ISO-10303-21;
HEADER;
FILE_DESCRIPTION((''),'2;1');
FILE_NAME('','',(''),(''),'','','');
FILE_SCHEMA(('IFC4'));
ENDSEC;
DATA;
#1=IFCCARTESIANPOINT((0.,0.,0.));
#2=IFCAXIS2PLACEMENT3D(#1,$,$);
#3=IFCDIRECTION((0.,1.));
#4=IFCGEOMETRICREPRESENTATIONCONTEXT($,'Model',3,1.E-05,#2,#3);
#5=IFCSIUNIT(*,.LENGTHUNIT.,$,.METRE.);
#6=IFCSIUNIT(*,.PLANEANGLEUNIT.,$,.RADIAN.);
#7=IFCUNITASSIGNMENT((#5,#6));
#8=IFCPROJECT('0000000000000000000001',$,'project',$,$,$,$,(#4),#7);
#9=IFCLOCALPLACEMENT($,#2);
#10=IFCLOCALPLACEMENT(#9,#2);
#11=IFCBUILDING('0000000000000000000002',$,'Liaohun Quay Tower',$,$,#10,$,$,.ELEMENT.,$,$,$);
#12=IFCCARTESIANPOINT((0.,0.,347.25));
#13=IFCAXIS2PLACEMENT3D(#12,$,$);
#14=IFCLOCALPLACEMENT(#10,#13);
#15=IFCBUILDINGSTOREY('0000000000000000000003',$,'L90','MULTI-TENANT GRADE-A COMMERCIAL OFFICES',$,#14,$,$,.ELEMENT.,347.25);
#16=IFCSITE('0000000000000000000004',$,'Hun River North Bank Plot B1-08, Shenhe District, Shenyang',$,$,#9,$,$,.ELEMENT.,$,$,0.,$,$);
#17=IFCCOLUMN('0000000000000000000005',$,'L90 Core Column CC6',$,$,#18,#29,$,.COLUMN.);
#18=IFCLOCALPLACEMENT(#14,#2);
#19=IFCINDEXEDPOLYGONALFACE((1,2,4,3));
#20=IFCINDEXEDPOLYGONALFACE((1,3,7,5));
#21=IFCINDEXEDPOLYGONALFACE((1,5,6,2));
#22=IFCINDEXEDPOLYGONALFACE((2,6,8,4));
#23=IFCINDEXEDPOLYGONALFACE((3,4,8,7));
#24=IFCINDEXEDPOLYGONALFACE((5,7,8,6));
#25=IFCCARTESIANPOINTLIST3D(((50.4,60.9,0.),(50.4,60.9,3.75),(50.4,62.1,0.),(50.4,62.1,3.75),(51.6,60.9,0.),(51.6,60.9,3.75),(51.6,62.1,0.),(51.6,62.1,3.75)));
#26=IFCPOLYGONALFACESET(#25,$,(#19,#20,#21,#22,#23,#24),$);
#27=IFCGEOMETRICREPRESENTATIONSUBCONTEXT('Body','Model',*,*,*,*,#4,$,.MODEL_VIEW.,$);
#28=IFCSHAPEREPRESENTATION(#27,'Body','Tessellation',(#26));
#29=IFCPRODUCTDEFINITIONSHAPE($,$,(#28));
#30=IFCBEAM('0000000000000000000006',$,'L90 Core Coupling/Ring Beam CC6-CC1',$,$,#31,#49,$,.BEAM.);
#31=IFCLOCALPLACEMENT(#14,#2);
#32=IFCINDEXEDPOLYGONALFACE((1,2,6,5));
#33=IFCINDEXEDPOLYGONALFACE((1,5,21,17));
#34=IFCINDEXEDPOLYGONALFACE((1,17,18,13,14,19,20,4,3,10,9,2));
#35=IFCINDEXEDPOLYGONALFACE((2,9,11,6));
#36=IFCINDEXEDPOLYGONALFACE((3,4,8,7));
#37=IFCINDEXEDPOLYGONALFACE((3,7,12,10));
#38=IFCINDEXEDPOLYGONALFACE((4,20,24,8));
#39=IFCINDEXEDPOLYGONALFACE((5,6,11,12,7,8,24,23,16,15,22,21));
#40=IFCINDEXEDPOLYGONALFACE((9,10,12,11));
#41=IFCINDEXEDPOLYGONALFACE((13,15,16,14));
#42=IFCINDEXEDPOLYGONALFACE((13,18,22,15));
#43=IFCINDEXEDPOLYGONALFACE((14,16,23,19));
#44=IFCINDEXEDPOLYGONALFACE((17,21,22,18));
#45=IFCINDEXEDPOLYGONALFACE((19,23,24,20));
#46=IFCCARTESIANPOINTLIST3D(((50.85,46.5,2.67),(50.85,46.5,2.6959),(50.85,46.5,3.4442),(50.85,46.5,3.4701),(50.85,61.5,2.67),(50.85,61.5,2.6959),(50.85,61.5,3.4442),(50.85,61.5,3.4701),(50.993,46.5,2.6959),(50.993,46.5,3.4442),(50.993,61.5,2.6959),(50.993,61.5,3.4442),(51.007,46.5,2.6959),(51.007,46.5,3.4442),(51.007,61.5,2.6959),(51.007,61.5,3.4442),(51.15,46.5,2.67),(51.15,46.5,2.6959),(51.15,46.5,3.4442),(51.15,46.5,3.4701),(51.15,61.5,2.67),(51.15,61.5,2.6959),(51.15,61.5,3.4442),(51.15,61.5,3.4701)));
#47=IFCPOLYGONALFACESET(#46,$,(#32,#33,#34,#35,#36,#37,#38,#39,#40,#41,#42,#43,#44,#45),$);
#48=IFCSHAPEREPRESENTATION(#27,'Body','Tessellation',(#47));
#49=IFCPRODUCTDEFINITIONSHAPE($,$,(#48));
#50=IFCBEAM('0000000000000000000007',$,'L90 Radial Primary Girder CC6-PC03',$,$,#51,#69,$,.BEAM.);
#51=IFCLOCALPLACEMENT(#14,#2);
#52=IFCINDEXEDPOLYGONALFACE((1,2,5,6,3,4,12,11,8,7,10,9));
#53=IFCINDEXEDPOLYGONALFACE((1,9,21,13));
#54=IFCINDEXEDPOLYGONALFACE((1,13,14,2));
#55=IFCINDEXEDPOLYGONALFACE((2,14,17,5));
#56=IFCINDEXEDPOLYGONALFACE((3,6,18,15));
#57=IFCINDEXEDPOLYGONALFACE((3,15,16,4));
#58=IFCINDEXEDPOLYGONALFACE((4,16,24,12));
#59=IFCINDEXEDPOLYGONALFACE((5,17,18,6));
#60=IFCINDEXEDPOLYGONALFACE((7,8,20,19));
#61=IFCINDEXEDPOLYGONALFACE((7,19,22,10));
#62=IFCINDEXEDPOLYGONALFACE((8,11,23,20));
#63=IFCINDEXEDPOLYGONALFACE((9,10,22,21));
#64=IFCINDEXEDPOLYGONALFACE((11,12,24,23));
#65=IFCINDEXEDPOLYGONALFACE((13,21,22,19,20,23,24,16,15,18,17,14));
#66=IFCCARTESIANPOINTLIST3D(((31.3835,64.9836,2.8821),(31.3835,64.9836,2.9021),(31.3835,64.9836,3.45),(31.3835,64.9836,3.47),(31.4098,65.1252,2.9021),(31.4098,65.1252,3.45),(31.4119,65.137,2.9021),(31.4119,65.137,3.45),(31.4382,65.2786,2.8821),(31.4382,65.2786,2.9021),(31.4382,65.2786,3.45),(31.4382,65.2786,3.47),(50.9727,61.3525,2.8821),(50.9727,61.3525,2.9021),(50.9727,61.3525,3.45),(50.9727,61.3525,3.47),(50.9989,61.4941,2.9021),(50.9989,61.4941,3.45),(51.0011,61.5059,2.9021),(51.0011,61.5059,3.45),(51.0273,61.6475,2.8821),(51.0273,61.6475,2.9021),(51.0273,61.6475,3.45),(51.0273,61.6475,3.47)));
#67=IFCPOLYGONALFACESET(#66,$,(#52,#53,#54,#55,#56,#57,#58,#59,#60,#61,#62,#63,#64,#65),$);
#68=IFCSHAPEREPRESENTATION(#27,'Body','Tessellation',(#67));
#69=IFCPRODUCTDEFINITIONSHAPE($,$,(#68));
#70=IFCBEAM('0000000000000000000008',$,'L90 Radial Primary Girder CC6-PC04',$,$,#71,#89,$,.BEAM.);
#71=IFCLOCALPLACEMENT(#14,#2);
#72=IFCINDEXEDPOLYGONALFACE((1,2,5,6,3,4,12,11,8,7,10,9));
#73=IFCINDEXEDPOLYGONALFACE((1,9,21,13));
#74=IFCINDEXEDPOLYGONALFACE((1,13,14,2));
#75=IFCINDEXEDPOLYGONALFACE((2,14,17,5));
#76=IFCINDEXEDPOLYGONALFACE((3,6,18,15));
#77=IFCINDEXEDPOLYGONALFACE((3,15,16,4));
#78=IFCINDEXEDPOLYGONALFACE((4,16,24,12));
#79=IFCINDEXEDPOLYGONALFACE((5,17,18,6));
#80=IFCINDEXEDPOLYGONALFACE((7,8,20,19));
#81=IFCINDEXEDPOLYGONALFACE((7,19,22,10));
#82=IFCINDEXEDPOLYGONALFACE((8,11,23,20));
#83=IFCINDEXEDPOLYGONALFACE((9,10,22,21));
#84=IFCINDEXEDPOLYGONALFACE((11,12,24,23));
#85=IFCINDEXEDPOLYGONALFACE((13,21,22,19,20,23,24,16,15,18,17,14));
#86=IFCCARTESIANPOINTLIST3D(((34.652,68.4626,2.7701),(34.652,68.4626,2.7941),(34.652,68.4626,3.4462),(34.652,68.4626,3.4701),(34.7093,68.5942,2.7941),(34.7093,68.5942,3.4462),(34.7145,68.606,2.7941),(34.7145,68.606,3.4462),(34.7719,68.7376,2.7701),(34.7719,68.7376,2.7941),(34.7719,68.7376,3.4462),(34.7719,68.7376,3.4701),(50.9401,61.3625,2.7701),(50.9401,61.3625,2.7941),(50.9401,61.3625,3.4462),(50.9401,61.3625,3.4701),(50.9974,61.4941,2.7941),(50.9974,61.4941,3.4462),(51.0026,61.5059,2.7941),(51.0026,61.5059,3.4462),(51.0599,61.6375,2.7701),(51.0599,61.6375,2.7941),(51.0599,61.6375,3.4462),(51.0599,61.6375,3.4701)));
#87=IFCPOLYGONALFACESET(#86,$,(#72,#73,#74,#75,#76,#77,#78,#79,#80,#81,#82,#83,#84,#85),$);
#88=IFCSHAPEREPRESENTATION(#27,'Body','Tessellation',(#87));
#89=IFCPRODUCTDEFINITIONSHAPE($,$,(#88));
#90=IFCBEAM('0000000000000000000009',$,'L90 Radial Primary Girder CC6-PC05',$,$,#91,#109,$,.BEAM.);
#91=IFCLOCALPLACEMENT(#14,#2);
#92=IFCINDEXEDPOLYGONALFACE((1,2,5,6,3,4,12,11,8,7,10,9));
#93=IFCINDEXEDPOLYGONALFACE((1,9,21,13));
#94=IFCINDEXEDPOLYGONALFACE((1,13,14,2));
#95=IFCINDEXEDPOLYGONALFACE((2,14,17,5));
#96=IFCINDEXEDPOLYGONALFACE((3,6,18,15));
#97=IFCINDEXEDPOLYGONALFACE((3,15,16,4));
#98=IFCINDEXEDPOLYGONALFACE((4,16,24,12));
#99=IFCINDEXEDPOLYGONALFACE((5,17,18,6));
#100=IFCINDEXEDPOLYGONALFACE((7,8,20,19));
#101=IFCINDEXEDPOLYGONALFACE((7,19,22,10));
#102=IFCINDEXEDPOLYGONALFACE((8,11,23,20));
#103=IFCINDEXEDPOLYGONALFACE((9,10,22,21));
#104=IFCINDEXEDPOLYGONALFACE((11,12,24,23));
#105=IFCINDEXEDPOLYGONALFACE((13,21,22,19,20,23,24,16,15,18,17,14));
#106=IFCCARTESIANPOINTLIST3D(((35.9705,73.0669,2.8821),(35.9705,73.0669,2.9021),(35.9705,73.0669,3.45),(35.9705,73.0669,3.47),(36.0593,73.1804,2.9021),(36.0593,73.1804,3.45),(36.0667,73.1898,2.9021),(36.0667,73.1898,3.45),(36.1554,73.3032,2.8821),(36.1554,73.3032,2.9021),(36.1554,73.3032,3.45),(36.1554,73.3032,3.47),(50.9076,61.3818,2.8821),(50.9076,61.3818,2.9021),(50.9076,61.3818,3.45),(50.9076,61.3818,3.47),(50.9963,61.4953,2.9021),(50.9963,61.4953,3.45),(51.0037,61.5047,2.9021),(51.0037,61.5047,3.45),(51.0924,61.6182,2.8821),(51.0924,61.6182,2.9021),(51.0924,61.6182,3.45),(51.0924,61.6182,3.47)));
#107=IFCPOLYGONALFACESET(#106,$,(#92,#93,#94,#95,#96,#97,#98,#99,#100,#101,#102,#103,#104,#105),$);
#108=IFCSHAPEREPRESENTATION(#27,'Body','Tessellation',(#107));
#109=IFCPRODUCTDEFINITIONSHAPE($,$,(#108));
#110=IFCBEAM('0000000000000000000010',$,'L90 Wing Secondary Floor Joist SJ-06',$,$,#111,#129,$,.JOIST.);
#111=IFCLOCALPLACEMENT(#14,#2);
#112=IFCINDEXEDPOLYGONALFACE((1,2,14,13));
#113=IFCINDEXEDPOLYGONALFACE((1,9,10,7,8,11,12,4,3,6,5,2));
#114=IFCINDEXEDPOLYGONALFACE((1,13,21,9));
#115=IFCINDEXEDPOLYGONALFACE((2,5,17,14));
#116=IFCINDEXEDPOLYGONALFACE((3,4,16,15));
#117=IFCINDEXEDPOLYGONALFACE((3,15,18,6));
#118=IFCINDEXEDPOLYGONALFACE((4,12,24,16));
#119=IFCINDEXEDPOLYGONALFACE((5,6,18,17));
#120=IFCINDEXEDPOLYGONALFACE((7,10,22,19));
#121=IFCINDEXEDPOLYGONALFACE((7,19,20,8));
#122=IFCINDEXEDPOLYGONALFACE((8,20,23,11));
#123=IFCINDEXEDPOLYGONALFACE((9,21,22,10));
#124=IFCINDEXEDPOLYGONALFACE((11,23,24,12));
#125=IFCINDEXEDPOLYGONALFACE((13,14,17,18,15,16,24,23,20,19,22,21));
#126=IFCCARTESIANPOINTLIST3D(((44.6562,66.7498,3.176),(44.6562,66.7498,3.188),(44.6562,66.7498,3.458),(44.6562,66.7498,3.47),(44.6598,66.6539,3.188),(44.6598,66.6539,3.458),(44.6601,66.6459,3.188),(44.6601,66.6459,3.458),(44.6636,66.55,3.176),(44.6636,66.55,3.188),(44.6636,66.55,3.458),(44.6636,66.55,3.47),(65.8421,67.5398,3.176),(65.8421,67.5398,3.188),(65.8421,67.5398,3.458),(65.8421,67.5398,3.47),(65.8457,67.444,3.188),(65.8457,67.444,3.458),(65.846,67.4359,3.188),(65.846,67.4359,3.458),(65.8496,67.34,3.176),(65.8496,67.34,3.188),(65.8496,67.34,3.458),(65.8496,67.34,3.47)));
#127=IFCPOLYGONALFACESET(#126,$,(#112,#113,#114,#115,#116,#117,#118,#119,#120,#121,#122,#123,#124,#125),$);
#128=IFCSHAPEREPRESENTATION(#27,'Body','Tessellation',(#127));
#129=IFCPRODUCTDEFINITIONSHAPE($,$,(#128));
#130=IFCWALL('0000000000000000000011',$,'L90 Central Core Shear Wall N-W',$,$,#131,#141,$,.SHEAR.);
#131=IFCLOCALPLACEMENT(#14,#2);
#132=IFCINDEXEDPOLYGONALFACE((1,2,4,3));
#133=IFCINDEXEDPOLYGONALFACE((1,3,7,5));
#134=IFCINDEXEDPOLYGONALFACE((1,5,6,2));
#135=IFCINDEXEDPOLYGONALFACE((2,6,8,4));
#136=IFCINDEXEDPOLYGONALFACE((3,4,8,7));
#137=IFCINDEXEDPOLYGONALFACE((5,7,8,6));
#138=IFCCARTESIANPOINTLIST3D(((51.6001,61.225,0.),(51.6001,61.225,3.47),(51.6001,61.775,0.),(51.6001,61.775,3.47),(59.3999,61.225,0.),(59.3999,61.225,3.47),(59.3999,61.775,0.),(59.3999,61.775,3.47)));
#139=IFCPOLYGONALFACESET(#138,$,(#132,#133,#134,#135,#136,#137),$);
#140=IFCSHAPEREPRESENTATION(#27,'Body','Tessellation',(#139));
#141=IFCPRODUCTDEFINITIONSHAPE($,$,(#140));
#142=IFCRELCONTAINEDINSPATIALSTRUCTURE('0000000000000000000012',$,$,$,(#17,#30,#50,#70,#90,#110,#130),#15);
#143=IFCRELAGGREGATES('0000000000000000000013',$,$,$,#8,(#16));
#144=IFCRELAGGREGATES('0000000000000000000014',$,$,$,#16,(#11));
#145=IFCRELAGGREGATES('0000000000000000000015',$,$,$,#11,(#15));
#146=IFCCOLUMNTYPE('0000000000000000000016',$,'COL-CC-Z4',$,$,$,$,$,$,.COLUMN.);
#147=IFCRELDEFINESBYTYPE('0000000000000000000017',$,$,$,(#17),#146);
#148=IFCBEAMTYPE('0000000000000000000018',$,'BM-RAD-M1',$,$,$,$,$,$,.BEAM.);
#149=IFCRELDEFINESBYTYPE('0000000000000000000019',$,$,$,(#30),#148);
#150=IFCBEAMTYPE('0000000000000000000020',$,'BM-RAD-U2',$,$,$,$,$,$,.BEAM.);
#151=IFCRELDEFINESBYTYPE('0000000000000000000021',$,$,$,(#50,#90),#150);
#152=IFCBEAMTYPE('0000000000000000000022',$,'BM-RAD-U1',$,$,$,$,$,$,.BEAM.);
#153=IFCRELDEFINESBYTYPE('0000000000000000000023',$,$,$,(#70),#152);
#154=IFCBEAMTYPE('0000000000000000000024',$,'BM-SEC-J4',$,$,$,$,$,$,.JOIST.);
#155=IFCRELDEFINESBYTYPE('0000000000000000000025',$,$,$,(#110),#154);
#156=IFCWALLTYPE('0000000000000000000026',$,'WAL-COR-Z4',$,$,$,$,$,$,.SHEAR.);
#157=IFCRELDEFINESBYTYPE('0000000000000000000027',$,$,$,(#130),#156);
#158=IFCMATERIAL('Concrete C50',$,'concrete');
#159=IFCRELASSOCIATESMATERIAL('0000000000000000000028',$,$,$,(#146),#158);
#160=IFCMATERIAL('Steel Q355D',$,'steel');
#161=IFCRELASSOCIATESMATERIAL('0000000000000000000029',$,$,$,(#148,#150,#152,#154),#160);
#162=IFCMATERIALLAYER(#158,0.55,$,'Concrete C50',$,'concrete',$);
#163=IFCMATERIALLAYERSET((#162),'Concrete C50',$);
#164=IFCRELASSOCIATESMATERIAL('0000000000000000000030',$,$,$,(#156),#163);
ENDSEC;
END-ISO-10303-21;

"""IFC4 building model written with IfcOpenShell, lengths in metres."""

from ifc_helpers import new_model, si_unit, direction, frame, frame_2d, origin, origin_2d, place, context, subcontext, project, spatial, rectangle, i_section, extrude, source, transform, mapped, material, layer, layer_set, material_profile, profile_set, type_object, element, save


model = new_model("IFC4")

# Units and contexts
model_context = context("Model", 3, precision=1e-05, world=origin(), true_north=direction((0.0, 1.0)))
body_context = subcontext(model_context, "Body", "Model", "MODEL_VIEW")
ifc_project = project(units=[si_unit("LENGTHUNIT", "METRE"), si_unit("PLANEANGLEUNIT", "RADIAN")], contexts=[model_context])

# Site, building, storey
site_placement = place(None, origin())
site = spatial("IfcSite", under=ifc_project, at=site_placement, Name="Hun River North Bank Plot B1-08, Shenhe District, Shenyang", CompositionType="ELEMENT", RefElevation=0.0)
building_placement = place(site_placement, origin())
building = spatial("IfcBuilding", under=site, at=building_placement, Name="Liaohun Quay Tower", CompositionType="ELEMENT")
storey_placement = place(building_placement, frame((0.0, 0.0, 347.25)))
storey = spatial("IfcBuildingStorey", under=building, at=storey_placement, Name="L90", Description="MULTI-TENANT GRADE-A COMMERCIAL OFFICES", CompositionType="ELEMENT", Elevation=347.25)

# Column
ifc_material_1 = material(Name="Concrete C50", Category="concrete")
ifc_material_profile_1 = material_profile(ifc_material_1, rectangle(XDim=1.2, YDim=1.2, at=origin_2d()), Name="RC1200x1200")
ifc_profile_set_1 = profile_set([ifc_material_profile_1], Name="Concrete C50")
column_type = type_object("IfcColumnType", Name="COL-CC-Z4", PredefinedType="COLUMN", material=ifc_profile_set_1)
shared_shape_1 = source(origin(), body_context, "Body", "SweptSolid", [
    extrude(rectangle(XDim=1.2, YDim=1.2, at=origin_2d()), origin(), (0.0, 0.0, 1.0), 3.75),
])
column_placement = place(storey_placement, frame((51.0, 61.5, 0.0), z_axis=(0.0, 0.0, 1.0), x_axis=(1.0, 0.0, 0.0)))
element("IfcColumn", 1, at=column_placement, inside=storey, type_object=column_type, Name="L90 Core Column CC6", PredefinedType="COLUMN", context=body_context, shape_type="MappedRepresentation", body=[
    mapped(shared_shape_1, transform((0.0, 0.0, 0.0), x_axis=(1.0, 0.0, 0.0), y_axis=(0.0, 1.0, 0.0), z_axis=(0.0, 0.0, 1.0), scale=1.0)),
])

# Beams
ifc_material_2 = material(Name="Steel Q355D", Category="steel")
ifc_material_profile_2 = material_profile(ifc_material_2, i_section(OverallWidth=0.3, OverallDepth=0.8, WebThickness=0.0139, FlangeThickness=0.0259, at=origin_2d()), Name="HN800x300x14x26")
ifc_profile_set_2 = profile_set([ifc_material_profile_2], Name="Steel Q355D")
beam_type_1 = type_object("IfcBeamType", Name="BM-RAD-M1", PredefinedType="BEAM", material=ifc_profile_set_2)
shared_shape_2 = source(origin(), body_context, "Body", "SweptSolid", [
    extrude(i_section(OverallWidth=0.3, OverallDepth=0.8, WebThickness=0.0139, FlangeThickness=0.0259, at=origin_2d()), origin(), (0.0, 0.0, 1.0), 15.0),
])
beam_1_placement = place(storey_placement, frame((51.0, 61.5, 3.0701), z_axis=(0.0, -1.0, 0.0), x_axis=(1.0, 0.0, 0.0)))
element("IfcBeam", 2, at=beam_1_placement, inside=storey, type_object=beam_type_1, Name="L90 Core Coupling/Ring Beam CC6-CC1", PredefinedType="BEAM", context=body_context, shape_type="MappedRepresentation", body=[
    mapped(shared_shape_2, transform((0.0, 0.0, 0.0), x_axis=(1.0, 0.0, 0.0), y_axis=(0.0, 1.0, 0.0), z_axis=(0.0, 0.0, 1.0), scale=1.0)),
])
ifc_material_profile_3 = material_profile(ifc_material_2, i_section(OverallWidth=0.3, OverallDepth=0.5879, WebThickness=0.012, FlangeThickness=0.02, at=origin_2d()), Name="HM588x300x12x20")
ifc_profile_set_3 = profile_set([ifc_material_profile_3], Name="Steel Q355D")
beam_type_2 = type_object("IfcBeamType", Name="BM-RAD-U2", PredefinedType="BEAM", material=ifc_profile_set_3)
shared_shape_3 = source(origin(), body_context, "Body", "SweptSolid", [
    extrude(i_section(OverallWidth=0.3, OverallDepth=0.5879, WebThickness=0.012, FlangeThickness=0.02, at=origin_2d()), origin(), (0.0, 0.0, 1.0), 19.9229),
])
beam_2_placement = place(storey_placement, frame((51.0, 61.5, 3.176), z_axis=(-0.983251, 0.182259, 0.0), x_axis=(-0.182259, -0.983251, 0.0)))
element("IfcBeam", 3, at=beam_2_placement, inside=storey, type_object=beam_type_2, Name="L90 Radial Primary Girder CC6-PC03", PredefinedType="BEAM", context=body_context, shape_type="MappedRepresentation", body=[
    mapped(shared_shape_3, transform((0.0, 0.0, 0.0), x_axis=(1.0, 0.0, 0.0), y_axis=(0.0, 1.0, 0.0), z_axis=(0.0, 0.0, 1.0), scale=1.0)),
])
ifc_material_profile_4 = material_profile(ifc_material_2, i_section(OverallWidth=0.3, OverallDepth=0.7, WebThickness=0.0129, FlangeThickness=0.0239, at=origin_2d()), Name="HN700x300x13x24")
ifc_profile_set_4 = profile_set([ifc_material_profile_4], Name="Steel Q355D")
beam_type_3 = type_object("IfcBeamType", Name="BM-RAD-U1", PredefinedType="BEAM", material=ifc_profile_set_4)
shared_shape_4 = source(origin(), body_context, "Body", "SweptSolid", [
    extrude(i_section(OverallWidth=0.3, OverallDepth=0.7, WebThickness=0.0129, FlangeThickness=0.0239, at=origin_2d()), origin(), (0.0, 0.0, 1.0), 17.7683),
])
beam_3_placement = place(storey_placement, frame((51.0, 61.5, 3.1201), z_axis=(-0.916693, 0.399593, 0.0), x_axis=(-0.399593, -0.916693, 0.0)))
element("IfcBeam", 4, at=beam_3_placement, inside=storey, type_object=beam_type_3, Name="L90 Radial Primary Girder CC6-PC04", PredefinedType="BEAM", context=body_context, shape_type="MappedRepresentation", body=[
    mapped(shared_shape_4, transform((0.0, 0.0, 0.0), x_axis=(1.0, 0.0, 0.0), y_axis=(0.0, 1.0, 0.0), z_axis=(0.0, 0.0, 1.0), scale=1.0)),
])
shared_shape_5 = source(origin(), body_context, "Body", "SweptSolid", [
    extrude(i_section(OverallWidth=0.3, OverallDepth=0.5879, WebThickness=0.012, FlangeThickness=0.02, at=origin_2d()), origin(), (0.0, 0.0, 1.0), 18.9646),
])
beam_4_placement = place(storey_placement, frame((51.0, 61.5, 3.176), z_axis=(-0.787627, 0.616152, 0.0), x_axis=(-0.616152, -0.787627, 0.0)))
element("IfcBeam", 5, at=beam_4_placement, inside=storey, type_object=beam_type_2, Name="L90 Radial Primary Girder CC6-PC05", PredefinedType="BEAM", context=body_context, shape_type="MappedRepresentation", body=[
    mapped(shared_shape_5, transform((0.0, 0.0, 0.0), x_axis=(1.0, 0.0, 0.0), y_axis=(0.0, 1.0, 0.0), z_axis=(0.0, 0.0, 1.0), scale=1.0)),
])
ifc_material_profile_5 = material_profile(ifc_material_2, i_section(OverallWidth=0.2, OverallDepth=0.2939, WebThickness=0.0081, FlangeThickness=0.012, at=origin_2d()), Name="HM294x200x8x12")
ifc_profile_set_5 = profile_set([ifc_material_profile_5], Name="Steel Q355D")
beam_type_4 = type_object("IfcBeamType", Name="BM-SEC-J4", PredefinedType="JOIST", material=ifc_profile_set_5)
shared_shape_6 = source(origin(), body_context, "Body", "SweptSolid", [
    extrude(i_section(OverallWidth=0.2, OverallDepth=0.2939, WebThickness=0.0081, FlangeThickness=0.012, at=origin_2d()), origin(), (0.0, 0.0, 1.0), 21.2007),
])
beam_5_placement = place(storey_placement, frame((44.6599, 66.6499, 3.323), z_axis=(0.999305, 0.037265, 0.0), x_axis=(-0.037265, 0.999305, 0.0)))
element("IfcBeam", 6, at=beam_5_placement, inside=storey, type_object=beam_type_4, Name="L90 Wing Secondary Floor Joist SJ-06", PredefinedType="JOIST", context=body_context, shape_type="MappedRepresentation", body=[
    mapped(shared_shape_6, transform((0.0, 0.0, 0.0), x_axis=(1.0, 0.0, 0.0), y_axis=(0.0, 1.0, 0.0), z_axis=(0.0, 0.0, 1.0), scale=1.0)),
])

# Wall
ifc_layer_1 = layer(ifc_material_1, 0.55, Name="Concrete C50", Category="concrete")
ifc_layer_set_1 = layer_set([ifc_layer_1], Name="Concrete C50")
wall_type_1 = type_object("IfcWallType", Name="WAL-COR-Z4", PredefinedType="SHEAR", material=ifc_layer_set_1)
wall_1_placement = place(storey_placement, frame((51.6001, 61.5, 0.0), z_axis=(0.0, 0.0, 1.0), x_axis=(1.0, 0.0, 0.0)))
element("IfcWall", 7, at=wall_1_placement, inside=storey, type_object=wall_type_1, Name="L90 Central Core Shear Wall N-W", PredefinedType="SHEAR", context=body_context, shape_type="SweptSolid", body=[
    extrude(rectangle(XDim=7.7998, YDim=0.55, at=frame_2d((3.8999, 0.0))), origin(), (0.0, 0.0, 1.0), 3.47),
])

save(model, "model.ifc")
